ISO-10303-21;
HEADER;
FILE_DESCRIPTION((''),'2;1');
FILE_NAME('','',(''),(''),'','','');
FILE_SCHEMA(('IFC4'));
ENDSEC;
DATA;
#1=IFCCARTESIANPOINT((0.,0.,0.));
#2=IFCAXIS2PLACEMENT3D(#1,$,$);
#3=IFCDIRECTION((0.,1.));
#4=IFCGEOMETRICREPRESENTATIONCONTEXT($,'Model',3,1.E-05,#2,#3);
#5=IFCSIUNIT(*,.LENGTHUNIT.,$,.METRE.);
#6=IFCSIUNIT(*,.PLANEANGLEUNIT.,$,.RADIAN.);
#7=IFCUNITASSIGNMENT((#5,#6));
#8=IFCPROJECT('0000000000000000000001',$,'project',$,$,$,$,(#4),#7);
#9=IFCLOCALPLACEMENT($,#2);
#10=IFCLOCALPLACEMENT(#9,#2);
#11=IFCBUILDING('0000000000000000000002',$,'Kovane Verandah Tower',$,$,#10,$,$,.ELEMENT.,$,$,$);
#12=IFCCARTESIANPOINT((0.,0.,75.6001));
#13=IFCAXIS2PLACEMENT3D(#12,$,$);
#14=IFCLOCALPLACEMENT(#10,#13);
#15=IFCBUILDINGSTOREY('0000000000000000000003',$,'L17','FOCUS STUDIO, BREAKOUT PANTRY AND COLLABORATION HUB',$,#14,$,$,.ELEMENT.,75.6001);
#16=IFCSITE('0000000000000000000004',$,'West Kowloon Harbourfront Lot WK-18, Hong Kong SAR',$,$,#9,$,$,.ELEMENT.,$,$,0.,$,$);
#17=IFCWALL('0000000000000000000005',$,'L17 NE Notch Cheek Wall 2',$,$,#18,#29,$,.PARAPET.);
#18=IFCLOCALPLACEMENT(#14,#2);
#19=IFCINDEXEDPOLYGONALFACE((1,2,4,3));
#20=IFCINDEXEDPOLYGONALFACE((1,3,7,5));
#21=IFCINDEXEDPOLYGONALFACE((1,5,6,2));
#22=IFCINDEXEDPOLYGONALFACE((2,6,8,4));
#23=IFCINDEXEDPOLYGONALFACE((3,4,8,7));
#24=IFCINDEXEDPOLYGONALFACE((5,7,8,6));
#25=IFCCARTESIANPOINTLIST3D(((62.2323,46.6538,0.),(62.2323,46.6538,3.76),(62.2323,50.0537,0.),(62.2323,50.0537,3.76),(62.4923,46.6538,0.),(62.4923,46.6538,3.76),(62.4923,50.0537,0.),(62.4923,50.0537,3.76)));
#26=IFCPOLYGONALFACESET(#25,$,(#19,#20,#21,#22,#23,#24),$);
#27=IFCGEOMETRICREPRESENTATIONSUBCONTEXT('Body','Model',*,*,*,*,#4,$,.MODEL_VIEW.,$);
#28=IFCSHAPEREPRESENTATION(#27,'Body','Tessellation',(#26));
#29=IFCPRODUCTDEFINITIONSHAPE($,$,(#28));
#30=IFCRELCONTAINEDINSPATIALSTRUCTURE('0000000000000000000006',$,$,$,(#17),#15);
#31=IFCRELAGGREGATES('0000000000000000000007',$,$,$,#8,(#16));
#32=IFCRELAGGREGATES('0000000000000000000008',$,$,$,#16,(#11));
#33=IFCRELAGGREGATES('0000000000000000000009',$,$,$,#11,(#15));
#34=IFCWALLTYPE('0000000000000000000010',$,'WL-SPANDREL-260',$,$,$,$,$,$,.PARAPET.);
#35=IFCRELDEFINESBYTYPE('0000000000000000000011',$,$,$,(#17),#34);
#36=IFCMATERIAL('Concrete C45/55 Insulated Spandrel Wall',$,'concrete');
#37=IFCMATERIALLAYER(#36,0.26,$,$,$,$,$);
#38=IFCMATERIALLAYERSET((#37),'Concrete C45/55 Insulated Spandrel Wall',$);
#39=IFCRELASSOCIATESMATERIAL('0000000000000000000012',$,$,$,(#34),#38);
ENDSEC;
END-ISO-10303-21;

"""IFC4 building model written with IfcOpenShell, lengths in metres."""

from ifc_helpers import new_model, si_unit, direction, frame, frame_2d, origin, place, context, subcontext, project, spatial, rectangle, extrude, material, layer, layer_set, type_object, element, save


model = new_model("IFC4")

# Units and contexts
model_context = context("Model", 3, precision=1e-05, world=origin(), true_north=direction((0.0, 1.0)))
body_context = subcontext(model_context, "Body", "Model", "MODEL_VIEW")
ifc_project = project(units=[si_unit("LENGTHUNIT", "METRE"), si_unit("PLANEANGLEUNIT", "RADIAN")], contexts=[model_context])

# Site, building, storey
site_placement = place(None, origin())
site = spatial("IfcSite", under=ifc_project, at=site_placement, Name="West Kowloon Harbourfront Lot WK-18, Hong Kong SAR", CompositionType="ELEMENT", RefElevation=0.0)
building_placement = place(site_placement, origin())
building = spatial("IfcBuilding", under=site, at=building_placement, Name="Kovane Verandah Tower", CompositionType="ELEMENT")
storey_placement = place(building_placement, frame((0.0, 0.0, 75.6001)))
storey = spatial("IfcBuildingStorey", under=building, at=storey_placement, Name="L17", Description="FOCUS STUDIO, BREAKOUT PANTRY AND COLLABORATION HUB", CompositionType="ELEMENT", Elevation=75.6001)

# Shared definitions
ifc_material_1 = material(Name="Concrete C45/55 Insulated Spandrel Wall", Category="concrete")
ifc_layer_1 = layer(ifc_material_1, 0.26)
ifc_layer_set_1 = layer_set([ifc_layer_1], Name="Concrete C45/55 Insulated Spandrel Wall")
wall_type = type_object("IfcWallType", Name="WL-SPANDREL-260", PredefinedType="PARAPET", material=ifc_layer_set_1)

# Wall
wall_1_placement = place(storey_placement, frame((62.3623, 46.6538, 0.0), z_axis=(0.0, 0.0, 1.0), x_axis=(0.0, 1.0, 0.0)))
element("IfcWall", 1, at=wall_1_placement, inside=storey, type_object=wall_type, Name="L17 NE Notch Cheek Wall 2", PredefinedType="PARAPET", context=body_context, shape_type="SweptSolid", body=[
    extrude(rectangle(XDim=3.3999, YDim=0.26, at=frame_2d((1.7, 0.0))), origin(), (0.0, 0.0, 1.0), 3.76),
])

save(model, "model.ifc")
